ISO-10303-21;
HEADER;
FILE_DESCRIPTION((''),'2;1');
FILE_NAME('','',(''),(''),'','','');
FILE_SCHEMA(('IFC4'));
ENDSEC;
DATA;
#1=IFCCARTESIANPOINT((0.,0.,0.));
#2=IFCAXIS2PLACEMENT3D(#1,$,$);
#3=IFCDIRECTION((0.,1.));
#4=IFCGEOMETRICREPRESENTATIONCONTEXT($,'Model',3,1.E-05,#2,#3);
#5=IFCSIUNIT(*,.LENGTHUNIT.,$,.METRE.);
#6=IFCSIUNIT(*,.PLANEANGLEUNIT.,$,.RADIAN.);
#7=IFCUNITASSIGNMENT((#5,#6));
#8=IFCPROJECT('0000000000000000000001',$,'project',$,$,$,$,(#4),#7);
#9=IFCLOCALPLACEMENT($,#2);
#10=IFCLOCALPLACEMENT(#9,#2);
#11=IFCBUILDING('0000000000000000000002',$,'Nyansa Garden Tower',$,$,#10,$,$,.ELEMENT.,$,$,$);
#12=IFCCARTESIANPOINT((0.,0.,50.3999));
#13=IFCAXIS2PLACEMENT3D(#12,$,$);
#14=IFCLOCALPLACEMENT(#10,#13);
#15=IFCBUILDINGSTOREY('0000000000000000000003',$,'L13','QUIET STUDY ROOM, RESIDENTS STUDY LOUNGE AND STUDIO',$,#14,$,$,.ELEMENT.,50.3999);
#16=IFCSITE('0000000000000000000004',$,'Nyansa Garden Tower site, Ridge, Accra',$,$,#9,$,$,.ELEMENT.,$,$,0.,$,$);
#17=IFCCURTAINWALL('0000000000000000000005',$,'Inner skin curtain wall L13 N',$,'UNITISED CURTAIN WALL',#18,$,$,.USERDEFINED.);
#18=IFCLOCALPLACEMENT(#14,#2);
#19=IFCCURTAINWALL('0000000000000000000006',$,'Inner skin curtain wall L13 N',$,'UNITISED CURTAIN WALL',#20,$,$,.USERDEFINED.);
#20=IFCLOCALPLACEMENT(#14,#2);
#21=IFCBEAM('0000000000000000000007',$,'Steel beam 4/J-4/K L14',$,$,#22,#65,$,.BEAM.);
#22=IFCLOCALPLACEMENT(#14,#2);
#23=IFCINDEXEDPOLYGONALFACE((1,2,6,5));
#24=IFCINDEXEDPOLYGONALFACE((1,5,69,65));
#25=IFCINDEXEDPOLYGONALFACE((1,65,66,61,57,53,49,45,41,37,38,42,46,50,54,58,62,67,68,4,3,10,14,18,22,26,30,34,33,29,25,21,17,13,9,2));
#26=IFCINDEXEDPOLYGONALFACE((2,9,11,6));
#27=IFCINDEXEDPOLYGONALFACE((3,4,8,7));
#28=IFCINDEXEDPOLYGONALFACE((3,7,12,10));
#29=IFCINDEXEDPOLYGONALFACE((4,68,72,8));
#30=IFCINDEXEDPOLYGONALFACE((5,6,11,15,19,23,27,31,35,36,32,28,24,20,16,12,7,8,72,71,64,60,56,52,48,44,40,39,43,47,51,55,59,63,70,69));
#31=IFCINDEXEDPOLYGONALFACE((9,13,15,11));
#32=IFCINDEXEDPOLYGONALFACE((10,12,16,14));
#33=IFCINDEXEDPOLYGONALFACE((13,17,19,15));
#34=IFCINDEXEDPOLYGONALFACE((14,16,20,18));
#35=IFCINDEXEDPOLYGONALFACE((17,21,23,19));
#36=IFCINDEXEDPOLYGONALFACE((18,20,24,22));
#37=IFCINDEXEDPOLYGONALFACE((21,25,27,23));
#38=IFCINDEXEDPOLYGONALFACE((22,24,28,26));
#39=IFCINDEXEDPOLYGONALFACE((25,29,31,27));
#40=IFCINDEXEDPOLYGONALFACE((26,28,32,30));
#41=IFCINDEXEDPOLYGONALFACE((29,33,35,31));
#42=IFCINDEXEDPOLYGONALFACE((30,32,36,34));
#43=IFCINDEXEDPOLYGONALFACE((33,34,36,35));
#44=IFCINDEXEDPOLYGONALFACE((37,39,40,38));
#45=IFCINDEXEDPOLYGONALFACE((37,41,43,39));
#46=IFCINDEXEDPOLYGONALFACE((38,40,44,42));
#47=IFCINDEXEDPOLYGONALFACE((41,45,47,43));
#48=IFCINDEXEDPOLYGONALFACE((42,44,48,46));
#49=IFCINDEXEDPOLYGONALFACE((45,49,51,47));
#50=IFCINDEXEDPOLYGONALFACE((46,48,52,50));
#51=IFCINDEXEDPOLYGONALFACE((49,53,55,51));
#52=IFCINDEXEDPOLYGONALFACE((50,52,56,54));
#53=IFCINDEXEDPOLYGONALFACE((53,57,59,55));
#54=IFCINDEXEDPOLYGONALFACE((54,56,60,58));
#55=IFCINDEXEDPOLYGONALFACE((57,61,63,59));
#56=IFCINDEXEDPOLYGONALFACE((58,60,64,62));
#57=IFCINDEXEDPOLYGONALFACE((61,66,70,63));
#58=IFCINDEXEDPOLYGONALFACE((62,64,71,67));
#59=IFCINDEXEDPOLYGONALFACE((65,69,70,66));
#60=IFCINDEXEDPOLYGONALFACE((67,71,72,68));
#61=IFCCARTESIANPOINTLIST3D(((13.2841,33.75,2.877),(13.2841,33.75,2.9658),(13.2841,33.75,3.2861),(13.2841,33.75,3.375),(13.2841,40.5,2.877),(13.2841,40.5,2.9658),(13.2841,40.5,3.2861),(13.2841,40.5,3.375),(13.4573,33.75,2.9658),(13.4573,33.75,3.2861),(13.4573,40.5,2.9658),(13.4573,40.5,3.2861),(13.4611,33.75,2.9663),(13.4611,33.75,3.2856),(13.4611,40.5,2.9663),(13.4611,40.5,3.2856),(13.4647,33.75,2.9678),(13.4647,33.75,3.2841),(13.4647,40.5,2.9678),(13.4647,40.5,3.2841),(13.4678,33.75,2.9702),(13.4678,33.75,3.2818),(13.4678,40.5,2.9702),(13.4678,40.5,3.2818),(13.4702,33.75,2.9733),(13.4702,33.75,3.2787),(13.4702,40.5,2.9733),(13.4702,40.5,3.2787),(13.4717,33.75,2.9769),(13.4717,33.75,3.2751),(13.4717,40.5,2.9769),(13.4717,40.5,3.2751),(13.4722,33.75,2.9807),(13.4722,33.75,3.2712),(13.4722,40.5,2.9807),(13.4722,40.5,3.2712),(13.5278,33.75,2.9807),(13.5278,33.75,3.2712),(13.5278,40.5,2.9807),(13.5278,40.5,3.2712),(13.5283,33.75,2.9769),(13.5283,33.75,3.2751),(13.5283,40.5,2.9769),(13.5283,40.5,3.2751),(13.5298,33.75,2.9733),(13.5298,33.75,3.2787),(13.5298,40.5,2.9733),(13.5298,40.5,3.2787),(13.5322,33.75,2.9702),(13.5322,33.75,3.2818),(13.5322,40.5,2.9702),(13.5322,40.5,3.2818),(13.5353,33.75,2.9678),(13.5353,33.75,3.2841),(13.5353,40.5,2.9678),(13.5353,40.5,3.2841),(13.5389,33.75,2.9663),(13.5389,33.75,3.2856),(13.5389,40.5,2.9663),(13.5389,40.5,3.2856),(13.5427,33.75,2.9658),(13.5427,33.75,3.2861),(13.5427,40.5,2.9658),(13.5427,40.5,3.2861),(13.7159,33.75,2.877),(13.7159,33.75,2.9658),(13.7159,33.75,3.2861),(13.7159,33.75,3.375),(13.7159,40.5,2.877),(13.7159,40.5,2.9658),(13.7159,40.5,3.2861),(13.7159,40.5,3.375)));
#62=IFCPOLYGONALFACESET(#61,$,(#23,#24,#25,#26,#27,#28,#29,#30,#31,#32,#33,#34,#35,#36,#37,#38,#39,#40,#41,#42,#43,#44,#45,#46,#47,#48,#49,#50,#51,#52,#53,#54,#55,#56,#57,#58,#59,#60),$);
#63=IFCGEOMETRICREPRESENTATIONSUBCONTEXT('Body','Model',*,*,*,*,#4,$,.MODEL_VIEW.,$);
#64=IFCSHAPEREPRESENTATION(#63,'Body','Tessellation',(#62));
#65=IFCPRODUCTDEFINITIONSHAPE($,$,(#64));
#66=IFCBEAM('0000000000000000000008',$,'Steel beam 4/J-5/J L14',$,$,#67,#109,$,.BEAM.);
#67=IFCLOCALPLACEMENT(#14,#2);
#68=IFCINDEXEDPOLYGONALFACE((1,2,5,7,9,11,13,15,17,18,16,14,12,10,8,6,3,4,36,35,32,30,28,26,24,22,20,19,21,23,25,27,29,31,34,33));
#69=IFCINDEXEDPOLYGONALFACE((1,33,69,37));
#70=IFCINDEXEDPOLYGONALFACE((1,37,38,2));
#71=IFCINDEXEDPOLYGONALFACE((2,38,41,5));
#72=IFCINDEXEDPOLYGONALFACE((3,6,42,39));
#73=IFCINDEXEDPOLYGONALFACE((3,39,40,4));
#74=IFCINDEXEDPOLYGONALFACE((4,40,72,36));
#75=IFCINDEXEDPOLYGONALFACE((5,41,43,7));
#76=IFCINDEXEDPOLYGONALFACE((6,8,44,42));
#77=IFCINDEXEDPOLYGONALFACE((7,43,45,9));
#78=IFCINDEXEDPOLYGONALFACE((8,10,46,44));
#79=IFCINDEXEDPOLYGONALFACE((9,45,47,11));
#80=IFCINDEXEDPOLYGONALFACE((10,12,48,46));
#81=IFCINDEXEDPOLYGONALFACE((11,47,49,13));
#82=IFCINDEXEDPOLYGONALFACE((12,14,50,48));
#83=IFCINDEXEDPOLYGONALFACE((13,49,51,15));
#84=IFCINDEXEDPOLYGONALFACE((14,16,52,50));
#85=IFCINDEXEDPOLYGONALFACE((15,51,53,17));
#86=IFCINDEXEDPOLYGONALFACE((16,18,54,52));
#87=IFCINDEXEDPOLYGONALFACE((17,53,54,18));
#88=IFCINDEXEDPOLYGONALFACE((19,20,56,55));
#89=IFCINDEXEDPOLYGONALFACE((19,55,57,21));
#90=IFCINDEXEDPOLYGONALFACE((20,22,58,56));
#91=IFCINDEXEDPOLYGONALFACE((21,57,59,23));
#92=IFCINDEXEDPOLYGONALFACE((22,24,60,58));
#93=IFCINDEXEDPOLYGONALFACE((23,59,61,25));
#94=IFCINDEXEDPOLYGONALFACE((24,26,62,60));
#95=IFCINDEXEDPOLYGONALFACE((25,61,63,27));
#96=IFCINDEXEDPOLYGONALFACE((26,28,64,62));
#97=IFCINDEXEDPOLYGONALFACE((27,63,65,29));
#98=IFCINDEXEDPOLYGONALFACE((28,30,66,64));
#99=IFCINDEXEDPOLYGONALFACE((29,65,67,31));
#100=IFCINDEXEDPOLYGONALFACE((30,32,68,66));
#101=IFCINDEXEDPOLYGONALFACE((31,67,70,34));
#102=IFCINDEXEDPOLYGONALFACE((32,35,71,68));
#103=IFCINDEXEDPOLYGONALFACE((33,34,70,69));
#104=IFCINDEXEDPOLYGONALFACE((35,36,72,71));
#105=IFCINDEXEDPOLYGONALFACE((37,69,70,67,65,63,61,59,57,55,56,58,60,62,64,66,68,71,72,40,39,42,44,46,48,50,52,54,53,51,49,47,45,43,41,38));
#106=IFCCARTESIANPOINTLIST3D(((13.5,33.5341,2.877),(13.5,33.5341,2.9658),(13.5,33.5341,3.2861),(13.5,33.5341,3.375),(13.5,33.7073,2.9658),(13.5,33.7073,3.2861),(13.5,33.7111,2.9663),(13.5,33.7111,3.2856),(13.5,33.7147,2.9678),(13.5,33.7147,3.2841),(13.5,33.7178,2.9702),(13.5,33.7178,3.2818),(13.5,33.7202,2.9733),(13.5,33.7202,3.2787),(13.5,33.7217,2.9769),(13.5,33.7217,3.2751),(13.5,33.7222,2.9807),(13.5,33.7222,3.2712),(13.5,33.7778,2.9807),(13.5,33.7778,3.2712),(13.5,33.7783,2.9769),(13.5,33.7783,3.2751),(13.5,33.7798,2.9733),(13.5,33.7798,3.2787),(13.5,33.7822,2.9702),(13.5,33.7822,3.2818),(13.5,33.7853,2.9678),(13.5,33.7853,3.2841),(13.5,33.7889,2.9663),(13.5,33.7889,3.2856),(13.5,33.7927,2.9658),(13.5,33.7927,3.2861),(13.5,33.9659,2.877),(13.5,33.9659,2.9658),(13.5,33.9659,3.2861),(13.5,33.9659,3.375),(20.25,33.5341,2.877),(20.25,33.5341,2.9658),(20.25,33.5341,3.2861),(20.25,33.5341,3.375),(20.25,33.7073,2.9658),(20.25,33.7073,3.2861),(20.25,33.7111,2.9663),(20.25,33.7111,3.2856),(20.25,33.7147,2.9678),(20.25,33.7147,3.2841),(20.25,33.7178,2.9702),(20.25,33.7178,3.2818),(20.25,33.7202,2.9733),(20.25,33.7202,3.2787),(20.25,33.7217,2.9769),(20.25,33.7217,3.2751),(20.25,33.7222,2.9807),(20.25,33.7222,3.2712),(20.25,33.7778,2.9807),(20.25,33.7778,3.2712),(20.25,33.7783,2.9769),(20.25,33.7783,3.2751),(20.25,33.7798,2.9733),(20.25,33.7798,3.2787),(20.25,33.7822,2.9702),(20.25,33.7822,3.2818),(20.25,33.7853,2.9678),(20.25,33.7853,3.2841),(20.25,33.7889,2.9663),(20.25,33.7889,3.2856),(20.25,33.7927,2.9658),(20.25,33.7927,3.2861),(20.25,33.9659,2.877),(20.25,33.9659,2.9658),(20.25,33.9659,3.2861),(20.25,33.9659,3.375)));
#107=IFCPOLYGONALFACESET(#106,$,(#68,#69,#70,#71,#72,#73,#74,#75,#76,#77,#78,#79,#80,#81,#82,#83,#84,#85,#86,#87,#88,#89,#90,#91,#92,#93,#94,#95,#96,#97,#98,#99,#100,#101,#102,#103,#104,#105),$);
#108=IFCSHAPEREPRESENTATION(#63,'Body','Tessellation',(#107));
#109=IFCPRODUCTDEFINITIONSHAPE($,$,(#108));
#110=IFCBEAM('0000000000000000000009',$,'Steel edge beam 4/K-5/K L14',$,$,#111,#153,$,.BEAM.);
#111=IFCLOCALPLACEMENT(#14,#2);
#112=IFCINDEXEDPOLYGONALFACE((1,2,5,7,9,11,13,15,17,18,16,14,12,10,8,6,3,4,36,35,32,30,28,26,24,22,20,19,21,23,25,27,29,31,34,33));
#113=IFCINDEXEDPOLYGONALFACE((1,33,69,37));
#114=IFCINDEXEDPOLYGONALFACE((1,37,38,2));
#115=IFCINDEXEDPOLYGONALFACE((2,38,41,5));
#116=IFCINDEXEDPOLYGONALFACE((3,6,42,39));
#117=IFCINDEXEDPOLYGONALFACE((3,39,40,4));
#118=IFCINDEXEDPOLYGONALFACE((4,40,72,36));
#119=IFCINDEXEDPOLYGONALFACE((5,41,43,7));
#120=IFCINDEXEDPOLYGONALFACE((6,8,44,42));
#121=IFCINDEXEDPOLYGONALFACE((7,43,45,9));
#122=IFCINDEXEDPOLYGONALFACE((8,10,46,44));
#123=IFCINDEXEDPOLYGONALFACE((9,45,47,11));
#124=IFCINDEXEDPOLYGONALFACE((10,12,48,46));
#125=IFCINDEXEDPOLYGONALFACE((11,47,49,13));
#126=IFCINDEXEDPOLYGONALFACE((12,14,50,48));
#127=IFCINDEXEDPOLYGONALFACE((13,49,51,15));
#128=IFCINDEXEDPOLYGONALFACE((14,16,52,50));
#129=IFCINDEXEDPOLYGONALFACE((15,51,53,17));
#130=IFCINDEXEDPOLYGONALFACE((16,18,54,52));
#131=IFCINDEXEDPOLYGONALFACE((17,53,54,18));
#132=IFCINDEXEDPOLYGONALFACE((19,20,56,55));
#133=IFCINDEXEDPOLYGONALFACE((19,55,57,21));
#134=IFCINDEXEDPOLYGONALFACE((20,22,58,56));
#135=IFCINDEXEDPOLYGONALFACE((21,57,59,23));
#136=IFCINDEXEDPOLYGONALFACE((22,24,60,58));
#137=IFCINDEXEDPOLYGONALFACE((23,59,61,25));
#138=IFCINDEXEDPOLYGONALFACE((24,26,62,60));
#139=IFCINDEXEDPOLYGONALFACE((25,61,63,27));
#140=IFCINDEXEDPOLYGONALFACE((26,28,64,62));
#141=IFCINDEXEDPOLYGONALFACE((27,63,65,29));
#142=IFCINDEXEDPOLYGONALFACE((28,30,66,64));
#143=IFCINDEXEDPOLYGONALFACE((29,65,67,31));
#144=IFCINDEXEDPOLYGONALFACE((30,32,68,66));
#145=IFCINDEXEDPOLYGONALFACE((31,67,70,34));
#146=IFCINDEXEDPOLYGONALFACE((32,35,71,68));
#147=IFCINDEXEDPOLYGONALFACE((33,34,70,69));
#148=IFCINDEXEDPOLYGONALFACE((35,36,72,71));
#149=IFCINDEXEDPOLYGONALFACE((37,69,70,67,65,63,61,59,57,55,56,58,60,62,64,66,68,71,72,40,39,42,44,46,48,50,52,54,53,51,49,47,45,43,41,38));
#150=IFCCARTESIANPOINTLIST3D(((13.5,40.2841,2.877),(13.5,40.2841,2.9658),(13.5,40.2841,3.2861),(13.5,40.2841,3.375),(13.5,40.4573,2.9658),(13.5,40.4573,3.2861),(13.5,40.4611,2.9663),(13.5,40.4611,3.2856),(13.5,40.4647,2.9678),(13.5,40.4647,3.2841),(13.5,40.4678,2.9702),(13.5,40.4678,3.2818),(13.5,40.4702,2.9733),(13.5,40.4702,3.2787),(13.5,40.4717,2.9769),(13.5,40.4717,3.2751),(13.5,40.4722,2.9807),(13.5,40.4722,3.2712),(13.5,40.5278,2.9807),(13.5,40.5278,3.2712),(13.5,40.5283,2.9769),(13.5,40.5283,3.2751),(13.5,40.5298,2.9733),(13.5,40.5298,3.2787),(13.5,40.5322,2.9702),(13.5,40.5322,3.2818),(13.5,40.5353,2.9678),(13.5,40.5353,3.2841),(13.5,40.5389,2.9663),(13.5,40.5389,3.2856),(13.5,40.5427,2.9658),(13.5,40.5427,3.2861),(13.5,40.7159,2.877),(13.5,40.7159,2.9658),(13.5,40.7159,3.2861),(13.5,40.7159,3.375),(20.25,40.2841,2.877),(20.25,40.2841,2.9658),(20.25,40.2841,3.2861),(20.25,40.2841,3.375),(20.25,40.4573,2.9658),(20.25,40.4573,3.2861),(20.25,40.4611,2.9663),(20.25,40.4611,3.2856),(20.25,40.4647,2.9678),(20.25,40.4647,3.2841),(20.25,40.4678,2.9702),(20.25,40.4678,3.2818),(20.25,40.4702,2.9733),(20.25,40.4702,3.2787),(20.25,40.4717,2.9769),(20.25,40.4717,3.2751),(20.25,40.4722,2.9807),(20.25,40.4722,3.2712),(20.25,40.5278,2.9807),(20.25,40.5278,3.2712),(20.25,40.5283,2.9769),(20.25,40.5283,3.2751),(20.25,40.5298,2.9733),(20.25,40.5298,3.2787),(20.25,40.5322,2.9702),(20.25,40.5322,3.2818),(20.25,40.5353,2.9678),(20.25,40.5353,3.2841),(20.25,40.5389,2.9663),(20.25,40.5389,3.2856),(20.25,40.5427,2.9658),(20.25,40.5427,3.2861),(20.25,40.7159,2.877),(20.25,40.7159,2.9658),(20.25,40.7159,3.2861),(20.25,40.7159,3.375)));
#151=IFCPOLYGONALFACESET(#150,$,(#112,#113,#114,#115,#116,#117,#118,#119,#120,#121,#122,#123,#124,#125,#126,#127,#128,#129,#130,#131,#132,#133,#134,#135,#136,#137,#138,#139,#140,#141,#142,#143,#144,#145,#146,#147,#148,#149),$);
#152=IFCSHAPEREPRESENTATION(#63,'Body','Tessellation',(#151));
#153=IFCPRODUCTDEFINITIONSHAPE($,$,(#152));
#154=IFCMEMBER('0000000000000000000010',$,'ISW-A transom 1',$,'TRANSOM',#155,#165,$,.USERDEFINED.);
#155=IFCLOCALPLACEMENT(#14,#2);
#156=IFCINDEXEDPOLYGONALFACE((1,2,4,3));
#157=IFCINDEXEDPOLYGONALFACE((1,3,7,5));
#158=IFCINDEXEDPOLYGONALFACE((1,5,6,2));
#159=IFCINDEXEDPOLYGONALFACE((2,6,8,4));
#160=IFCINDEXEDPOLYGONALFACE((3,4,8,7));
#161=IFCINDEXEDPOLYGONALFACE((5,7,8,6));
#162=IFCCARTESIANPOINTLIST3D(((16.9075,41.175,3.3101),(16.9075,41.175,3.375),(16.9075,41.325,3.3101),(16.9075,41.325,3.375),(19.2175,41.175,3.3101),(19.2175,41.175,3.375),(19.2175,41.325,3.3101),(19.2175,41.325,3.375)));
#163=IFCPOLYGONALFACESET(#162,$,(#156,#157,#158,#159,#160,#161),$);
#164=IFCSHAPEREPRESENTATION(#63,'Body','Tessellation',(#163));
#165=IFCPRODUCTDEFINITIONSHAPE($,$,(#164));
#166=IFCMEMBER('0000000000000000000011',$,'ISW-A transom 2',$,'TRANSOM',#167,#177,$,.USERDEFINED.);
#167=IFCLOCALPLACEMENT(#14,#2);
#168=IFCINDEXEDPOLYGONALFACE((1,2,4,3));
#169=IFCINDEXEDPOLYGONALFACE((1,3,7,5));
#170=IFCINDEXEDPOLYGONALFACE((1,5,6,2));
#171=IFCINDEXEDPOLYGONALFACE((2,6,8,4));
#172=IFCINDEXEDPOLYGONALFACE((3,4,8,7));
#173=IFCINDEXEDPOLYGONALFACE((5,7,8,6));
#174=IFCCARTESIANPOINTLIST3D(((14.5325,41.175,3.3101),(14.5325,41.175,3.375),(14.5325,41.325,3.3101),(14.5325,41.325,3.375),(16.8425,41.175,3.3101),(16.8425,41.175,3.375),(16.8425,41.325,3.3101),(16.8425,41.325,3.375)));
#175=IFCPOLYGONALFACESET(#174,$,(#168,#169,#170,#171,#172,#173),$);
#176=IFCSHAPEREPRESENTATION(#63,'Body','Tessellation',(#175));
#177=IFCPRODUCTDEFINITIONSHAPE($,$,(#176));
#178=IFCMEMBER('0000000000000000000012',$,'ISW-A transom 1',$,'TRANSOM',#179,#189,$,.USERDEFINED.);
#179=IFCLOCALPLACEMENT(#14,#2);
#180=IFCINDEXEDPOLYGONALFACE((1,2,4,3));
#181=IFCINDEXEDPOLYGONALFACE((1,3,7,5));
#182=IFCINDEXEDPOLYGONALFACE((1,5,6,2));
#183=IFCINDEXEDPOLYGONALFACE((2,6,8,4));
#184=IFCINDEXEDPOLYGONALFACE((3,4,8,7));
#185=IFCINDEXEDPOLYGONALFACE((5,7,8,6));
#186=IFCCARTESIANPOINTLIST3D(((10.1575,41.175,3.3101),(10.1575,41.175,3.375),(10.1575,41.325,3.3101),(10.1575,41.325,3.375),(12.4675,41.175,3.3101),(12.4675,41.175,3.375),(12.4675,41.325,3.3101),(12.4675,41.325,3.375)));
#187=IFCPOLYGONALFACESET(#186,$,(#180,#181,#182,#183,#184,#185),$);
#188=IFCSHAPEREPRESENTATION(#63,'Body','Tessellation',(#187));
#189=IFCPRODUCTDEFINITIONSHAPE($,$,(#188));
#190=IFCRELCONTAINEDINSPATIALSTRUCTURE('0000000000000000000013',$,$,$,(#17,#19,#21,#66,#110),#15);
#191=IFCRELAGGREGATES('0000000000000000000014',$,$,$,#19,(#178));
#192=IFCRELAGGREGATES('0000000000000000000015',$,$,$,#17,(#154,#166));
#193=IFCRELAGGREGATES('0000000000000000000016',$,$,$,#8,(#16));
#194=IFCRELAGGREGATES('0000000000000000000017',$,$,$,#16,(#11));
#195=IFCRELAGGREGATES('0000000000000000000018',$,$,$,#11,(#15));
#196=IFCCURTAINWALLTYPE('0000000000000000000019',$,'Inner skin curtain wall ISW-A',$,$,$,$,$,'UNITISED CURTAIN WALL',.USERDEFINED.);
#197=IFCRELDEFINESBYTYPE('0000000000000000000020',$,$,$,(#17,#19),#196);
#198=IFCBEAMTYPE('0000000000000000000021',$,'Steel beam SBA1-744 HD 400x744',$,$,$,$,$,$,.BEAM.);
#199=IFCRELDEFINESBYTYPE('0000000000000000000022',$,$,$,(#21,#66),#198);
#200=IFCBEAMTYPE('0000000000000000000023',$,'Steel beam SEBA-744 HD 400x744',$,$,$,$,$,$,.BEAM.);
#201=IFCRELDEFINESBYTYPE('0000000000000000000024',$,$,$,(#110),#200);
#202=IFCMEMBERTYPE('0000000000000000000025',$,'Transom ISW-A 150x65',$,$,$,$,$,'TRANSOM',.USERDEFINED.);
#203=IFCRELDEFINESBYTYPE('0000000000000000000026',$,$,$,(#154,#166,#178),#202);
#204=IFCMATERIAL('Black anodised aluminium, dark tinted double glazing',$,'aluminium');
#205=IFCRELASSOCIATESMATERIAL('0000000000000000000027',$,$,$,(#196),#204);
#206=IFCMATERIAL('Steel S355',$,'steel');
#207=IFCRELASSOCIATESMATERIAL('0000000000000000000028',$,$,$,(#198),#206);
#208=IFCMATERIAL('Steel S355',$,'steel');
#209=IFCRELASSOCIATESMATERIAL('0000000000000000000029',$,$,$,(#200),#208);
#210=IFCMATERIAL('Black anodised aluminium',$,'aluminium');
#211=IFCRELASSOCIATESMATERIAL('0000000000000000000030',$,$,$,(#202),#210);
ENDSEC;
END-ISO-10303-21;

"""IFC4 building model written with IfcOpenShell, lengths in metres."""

from ifc_helpers import new_model, si_unit, direction, frame, origin, origin_2d, place, context, subcontext, project, spatial, rectangle, i_section, extrude, material, material_profile, profile_set, type_object, element, aggregate, save


model = new_model("IFC4")

# Units and contexts
model_context = context("Model", 3, precision=1e-05, world=origin(), true_north=direction((0.0, 1.0)))
body_context = subcontext(model_context, "Body", "Model", "MODEL_VIEW")
ifc_project = project(units=[si_unit("LENGTHUNIT", "METRE"), si_unit("PLANEANGLEUNIT", "RADIAN")], contexts=[model_context])

# Site, building, storey
site_placement = place(None, origin())
site = spatial("IfcSite", under=ifc_project, at=site_placement, Name="Nyansa Garden Tower site, Ridge, Accra", CompositionType="ELEMENT", RefElevation=0.0)
building_placement = place(site_placement, origin())
building = spatial("IfcBuilding", under=site, at=building_placement, Name="Nyansa Garden Tower", CompositionType="ELEMENT")
storey_placement = place(building_placement, frame((0.0, 0.0, 50.3999)))
storey = spatial("IfcBuildingStorey", under=building, at=storey_placement, Name="L13", Description="QUIET STUDY ROOM, RESIDENTS STUDY LOUNGE AND STUDIO", CompositionType="ELEMENT", Elevation=50.3999)

# Curtain wall
ifc_material_1 = material(Name="Black anodised aluminium, dark tinted double glazing", Category="aluminium")
curtain_wall_type = type_object("IfcCurtainWallType", Name="Inner skin curtain wall ISW-A", ElementType="UNITISED CURTAIN WALL", PredefinedType="USERDEFINED", material=ifc_material_1)
curtain_wall_1_placement = place(storey_placement, origin())
curtain_wall_1 = element("IfcCurtainWall", 1, at=curtain_wall_1_placement, inside=storey, type_object=curtain_wall_type, Name="Inner skin curtain wall L13 N", ObjectType="UNITISED CURTAIN WALL", PredefinedType="USERDEFINED")

# Curtain wall
curtain_wall_2_placement = place(storey_placement, origin())
curtain_wall_2 = element("IfcCurtainWall", 2, at=curtain_wall_2_placement, inside=storey, type_object=curtain_wall_type, Name="Inner skin curtain wall L13 N", ObjectType="UNITISED CURTAIN WALL", PredefinedType="USERDEFINED")

# Beams
ifc_material_2 = material(Name="Steel S355", Category="steel")
ifc_material_profile_1 = material_profile(ifc_material_2, i_section(OverallWidth=0.4319, OverallDepth=0.498, WebThickness=0.0557, FlangeThickness=0.0889, FilletRadius=0.0149, at=origin_2d()), Name="HD 400x744")
ifc_profile_set_1 = profile_set([ifc_material_profile_1], Name="Steel S355")
beam_type_1 = type_object("IfcBeamType", Name="Steel beam SBA1-744 HD 400x744", PredefinedType="BEAM", material=ifc_profile_set_1)
for number, where, z_axis, x_axis, name in (
    (3, (13.5, 33.75, 3.126), (0.0, 1.0, 0.0), (-1.0, 0.0, 0.0), "Steel beam 4/J-4/K L14"),
    (4, (13.5, 33.75, 3.126), (1.0, 0.0, 0.0), (0.0, 1.0, 0.0), "Steel beam 4/J-5/J L14"),
):
    element("IfcBeam", number, at=place(storey_placement, frame(where, z_axis=z_axis, x_axis=x_axis)), inside=storey, type_object=beam_type_1, Name=name, PredefinedType="BEAM", context=body_context, shape_type="SweptSolid", body=[
        extrude(i_section(OverallWidth=0.4319, OverallDepth=0.498, WebThickness=0.0557, FlangeThickness=0.0889, FilletRadius=0.0149, at=origin_2d()), origin(), (0.0, 0.0, 1.0), 6.75),
    ])
ifc_material_3 = material(Name="Steel S355", Category="steel")
ifc_material_profile_2 = material_profile(ifc_material_3, i_section(OverallWidth=0.4319, OverallDepth=0.498, WebThickness=0.0557, FlangeThickness=0.0889, FilletRadius=0.0149, at=origin_2d()), Name="HD 400x744")
ifc_profile_set_2 = profile_set([ifc_material_profile_2], Name="Steel S355")
beam_type_2 = type_object("IfcBeamType", Name="Steel beam SEBA-744 HD 400x744", PredefinedType="BEAM", material=ifc_profile_set_2)
beam_1_placement = place(storey_placement, frame((13.5, 40.5, 3.126), z_axis=(1.0, 0.0, 0.0), x_axis=(0.0, 1.0, 0.0)))
element("IfcBeam", 5, at=beam_1_placement, inside=storey, type_object=beam_type_2, Name="Steel edge beam 4/K-5/K L14", PredefinedType="BEAM", context=body_context, shape_type="SweptSolid", body=[
    extrude(i_section(OverallWidth=0.4319, OverallDepth=0.498, WebThickness=0.0557, FlangeThickness=0.0889, FilletRadius=0.0149, at=origin_2d()), origin(), (0.0, 0.0, 1.0), 6.75),
])

# Members
ifc_material_4 = material(Name="Black anodised aluminium", Category="aluminium")
ifc_material_profile_3 = material_profile(ifc_material_4, rectangle(XDim=0.1499, YDim=0.0649, at=origin_2d()), Name="Transom 150x65")
ifc_profile_set_3 = profile_set([ifc_material_profile_3], Name="Black anodised aluminium")
member_type_1 = type_object("IfcMemberType", Name="Transom ISW-A 150x65", ElementType="TRANSOM", PredefinedType="USERDEFINED", material=ifc_profile_set_3)
member_1_placement = place(storey_placement, frame((19.2175, 41.25, 3.3425), z_axis=(-1.0, 0.0, 0.0), x_axis=(0.0, -1.0, 0.0)))
member_1 = element("IfcMember", 6, at=member_1_placement, type_object=member_type_1, Name="ISW-A transom 1", ObjectType="TRANSOM", PredefinedType="USERDEFINED", context=body_context, shape_type="SweptSolid", body=[
    extrude(rectangle(XDim=0.1499, YDim=0.0649, at=origin_2d()), origin(), (0.0, 0.0, 1.0), 2.3101),
])
member_2_placement = place(storey_placement, frame((16.8425, 41.25, 3.3425), z_axis=(-1.0, 0.0, 0.0), x_axis=(0.0, -1.0, 0.0)))
member_2 = element("IfcMember", 7, at=member_2_placement, type_object=member_type_1, Name="ISW-A transom 2", ObjectType="TRANSOM", PredefinedType="USERDEFINED", context=body_context, shape_type="SweptSolid", body=[
    extrude(rectangle(XDim=0.1499, YDim=0.0649, at=origin_2d()), origin(), (0.0, 0.0, 1.0), 2.3101),
])
member_3_placement = place(storey_placement, frame((12.4675, 41.25, 3.3425), z_axis=(-1.0, 0.0, 0.0), x_axis=(0.0, -1.0, 0.0)))
member_3 = element("IfcMember", 8, at=member_3_placement, type_object=member_type_1, Name="ISW-A transom 1", ObjectType="TRANSOM", PredefinedType="USERDEFINED", context=body_context, shape_type="SweptSolid", body=[
    extrude(rectangle(XDim=0.1499, YDim=0.0649, at=origin_2d()), origin(), (0.0, 0.0, 1.0), 2.3101),
])
aggregate(curtain_wall_2, [member_3])

aggregate(curtain_wall_1, [member_1, member_2])

save(model, "model.ifc")
